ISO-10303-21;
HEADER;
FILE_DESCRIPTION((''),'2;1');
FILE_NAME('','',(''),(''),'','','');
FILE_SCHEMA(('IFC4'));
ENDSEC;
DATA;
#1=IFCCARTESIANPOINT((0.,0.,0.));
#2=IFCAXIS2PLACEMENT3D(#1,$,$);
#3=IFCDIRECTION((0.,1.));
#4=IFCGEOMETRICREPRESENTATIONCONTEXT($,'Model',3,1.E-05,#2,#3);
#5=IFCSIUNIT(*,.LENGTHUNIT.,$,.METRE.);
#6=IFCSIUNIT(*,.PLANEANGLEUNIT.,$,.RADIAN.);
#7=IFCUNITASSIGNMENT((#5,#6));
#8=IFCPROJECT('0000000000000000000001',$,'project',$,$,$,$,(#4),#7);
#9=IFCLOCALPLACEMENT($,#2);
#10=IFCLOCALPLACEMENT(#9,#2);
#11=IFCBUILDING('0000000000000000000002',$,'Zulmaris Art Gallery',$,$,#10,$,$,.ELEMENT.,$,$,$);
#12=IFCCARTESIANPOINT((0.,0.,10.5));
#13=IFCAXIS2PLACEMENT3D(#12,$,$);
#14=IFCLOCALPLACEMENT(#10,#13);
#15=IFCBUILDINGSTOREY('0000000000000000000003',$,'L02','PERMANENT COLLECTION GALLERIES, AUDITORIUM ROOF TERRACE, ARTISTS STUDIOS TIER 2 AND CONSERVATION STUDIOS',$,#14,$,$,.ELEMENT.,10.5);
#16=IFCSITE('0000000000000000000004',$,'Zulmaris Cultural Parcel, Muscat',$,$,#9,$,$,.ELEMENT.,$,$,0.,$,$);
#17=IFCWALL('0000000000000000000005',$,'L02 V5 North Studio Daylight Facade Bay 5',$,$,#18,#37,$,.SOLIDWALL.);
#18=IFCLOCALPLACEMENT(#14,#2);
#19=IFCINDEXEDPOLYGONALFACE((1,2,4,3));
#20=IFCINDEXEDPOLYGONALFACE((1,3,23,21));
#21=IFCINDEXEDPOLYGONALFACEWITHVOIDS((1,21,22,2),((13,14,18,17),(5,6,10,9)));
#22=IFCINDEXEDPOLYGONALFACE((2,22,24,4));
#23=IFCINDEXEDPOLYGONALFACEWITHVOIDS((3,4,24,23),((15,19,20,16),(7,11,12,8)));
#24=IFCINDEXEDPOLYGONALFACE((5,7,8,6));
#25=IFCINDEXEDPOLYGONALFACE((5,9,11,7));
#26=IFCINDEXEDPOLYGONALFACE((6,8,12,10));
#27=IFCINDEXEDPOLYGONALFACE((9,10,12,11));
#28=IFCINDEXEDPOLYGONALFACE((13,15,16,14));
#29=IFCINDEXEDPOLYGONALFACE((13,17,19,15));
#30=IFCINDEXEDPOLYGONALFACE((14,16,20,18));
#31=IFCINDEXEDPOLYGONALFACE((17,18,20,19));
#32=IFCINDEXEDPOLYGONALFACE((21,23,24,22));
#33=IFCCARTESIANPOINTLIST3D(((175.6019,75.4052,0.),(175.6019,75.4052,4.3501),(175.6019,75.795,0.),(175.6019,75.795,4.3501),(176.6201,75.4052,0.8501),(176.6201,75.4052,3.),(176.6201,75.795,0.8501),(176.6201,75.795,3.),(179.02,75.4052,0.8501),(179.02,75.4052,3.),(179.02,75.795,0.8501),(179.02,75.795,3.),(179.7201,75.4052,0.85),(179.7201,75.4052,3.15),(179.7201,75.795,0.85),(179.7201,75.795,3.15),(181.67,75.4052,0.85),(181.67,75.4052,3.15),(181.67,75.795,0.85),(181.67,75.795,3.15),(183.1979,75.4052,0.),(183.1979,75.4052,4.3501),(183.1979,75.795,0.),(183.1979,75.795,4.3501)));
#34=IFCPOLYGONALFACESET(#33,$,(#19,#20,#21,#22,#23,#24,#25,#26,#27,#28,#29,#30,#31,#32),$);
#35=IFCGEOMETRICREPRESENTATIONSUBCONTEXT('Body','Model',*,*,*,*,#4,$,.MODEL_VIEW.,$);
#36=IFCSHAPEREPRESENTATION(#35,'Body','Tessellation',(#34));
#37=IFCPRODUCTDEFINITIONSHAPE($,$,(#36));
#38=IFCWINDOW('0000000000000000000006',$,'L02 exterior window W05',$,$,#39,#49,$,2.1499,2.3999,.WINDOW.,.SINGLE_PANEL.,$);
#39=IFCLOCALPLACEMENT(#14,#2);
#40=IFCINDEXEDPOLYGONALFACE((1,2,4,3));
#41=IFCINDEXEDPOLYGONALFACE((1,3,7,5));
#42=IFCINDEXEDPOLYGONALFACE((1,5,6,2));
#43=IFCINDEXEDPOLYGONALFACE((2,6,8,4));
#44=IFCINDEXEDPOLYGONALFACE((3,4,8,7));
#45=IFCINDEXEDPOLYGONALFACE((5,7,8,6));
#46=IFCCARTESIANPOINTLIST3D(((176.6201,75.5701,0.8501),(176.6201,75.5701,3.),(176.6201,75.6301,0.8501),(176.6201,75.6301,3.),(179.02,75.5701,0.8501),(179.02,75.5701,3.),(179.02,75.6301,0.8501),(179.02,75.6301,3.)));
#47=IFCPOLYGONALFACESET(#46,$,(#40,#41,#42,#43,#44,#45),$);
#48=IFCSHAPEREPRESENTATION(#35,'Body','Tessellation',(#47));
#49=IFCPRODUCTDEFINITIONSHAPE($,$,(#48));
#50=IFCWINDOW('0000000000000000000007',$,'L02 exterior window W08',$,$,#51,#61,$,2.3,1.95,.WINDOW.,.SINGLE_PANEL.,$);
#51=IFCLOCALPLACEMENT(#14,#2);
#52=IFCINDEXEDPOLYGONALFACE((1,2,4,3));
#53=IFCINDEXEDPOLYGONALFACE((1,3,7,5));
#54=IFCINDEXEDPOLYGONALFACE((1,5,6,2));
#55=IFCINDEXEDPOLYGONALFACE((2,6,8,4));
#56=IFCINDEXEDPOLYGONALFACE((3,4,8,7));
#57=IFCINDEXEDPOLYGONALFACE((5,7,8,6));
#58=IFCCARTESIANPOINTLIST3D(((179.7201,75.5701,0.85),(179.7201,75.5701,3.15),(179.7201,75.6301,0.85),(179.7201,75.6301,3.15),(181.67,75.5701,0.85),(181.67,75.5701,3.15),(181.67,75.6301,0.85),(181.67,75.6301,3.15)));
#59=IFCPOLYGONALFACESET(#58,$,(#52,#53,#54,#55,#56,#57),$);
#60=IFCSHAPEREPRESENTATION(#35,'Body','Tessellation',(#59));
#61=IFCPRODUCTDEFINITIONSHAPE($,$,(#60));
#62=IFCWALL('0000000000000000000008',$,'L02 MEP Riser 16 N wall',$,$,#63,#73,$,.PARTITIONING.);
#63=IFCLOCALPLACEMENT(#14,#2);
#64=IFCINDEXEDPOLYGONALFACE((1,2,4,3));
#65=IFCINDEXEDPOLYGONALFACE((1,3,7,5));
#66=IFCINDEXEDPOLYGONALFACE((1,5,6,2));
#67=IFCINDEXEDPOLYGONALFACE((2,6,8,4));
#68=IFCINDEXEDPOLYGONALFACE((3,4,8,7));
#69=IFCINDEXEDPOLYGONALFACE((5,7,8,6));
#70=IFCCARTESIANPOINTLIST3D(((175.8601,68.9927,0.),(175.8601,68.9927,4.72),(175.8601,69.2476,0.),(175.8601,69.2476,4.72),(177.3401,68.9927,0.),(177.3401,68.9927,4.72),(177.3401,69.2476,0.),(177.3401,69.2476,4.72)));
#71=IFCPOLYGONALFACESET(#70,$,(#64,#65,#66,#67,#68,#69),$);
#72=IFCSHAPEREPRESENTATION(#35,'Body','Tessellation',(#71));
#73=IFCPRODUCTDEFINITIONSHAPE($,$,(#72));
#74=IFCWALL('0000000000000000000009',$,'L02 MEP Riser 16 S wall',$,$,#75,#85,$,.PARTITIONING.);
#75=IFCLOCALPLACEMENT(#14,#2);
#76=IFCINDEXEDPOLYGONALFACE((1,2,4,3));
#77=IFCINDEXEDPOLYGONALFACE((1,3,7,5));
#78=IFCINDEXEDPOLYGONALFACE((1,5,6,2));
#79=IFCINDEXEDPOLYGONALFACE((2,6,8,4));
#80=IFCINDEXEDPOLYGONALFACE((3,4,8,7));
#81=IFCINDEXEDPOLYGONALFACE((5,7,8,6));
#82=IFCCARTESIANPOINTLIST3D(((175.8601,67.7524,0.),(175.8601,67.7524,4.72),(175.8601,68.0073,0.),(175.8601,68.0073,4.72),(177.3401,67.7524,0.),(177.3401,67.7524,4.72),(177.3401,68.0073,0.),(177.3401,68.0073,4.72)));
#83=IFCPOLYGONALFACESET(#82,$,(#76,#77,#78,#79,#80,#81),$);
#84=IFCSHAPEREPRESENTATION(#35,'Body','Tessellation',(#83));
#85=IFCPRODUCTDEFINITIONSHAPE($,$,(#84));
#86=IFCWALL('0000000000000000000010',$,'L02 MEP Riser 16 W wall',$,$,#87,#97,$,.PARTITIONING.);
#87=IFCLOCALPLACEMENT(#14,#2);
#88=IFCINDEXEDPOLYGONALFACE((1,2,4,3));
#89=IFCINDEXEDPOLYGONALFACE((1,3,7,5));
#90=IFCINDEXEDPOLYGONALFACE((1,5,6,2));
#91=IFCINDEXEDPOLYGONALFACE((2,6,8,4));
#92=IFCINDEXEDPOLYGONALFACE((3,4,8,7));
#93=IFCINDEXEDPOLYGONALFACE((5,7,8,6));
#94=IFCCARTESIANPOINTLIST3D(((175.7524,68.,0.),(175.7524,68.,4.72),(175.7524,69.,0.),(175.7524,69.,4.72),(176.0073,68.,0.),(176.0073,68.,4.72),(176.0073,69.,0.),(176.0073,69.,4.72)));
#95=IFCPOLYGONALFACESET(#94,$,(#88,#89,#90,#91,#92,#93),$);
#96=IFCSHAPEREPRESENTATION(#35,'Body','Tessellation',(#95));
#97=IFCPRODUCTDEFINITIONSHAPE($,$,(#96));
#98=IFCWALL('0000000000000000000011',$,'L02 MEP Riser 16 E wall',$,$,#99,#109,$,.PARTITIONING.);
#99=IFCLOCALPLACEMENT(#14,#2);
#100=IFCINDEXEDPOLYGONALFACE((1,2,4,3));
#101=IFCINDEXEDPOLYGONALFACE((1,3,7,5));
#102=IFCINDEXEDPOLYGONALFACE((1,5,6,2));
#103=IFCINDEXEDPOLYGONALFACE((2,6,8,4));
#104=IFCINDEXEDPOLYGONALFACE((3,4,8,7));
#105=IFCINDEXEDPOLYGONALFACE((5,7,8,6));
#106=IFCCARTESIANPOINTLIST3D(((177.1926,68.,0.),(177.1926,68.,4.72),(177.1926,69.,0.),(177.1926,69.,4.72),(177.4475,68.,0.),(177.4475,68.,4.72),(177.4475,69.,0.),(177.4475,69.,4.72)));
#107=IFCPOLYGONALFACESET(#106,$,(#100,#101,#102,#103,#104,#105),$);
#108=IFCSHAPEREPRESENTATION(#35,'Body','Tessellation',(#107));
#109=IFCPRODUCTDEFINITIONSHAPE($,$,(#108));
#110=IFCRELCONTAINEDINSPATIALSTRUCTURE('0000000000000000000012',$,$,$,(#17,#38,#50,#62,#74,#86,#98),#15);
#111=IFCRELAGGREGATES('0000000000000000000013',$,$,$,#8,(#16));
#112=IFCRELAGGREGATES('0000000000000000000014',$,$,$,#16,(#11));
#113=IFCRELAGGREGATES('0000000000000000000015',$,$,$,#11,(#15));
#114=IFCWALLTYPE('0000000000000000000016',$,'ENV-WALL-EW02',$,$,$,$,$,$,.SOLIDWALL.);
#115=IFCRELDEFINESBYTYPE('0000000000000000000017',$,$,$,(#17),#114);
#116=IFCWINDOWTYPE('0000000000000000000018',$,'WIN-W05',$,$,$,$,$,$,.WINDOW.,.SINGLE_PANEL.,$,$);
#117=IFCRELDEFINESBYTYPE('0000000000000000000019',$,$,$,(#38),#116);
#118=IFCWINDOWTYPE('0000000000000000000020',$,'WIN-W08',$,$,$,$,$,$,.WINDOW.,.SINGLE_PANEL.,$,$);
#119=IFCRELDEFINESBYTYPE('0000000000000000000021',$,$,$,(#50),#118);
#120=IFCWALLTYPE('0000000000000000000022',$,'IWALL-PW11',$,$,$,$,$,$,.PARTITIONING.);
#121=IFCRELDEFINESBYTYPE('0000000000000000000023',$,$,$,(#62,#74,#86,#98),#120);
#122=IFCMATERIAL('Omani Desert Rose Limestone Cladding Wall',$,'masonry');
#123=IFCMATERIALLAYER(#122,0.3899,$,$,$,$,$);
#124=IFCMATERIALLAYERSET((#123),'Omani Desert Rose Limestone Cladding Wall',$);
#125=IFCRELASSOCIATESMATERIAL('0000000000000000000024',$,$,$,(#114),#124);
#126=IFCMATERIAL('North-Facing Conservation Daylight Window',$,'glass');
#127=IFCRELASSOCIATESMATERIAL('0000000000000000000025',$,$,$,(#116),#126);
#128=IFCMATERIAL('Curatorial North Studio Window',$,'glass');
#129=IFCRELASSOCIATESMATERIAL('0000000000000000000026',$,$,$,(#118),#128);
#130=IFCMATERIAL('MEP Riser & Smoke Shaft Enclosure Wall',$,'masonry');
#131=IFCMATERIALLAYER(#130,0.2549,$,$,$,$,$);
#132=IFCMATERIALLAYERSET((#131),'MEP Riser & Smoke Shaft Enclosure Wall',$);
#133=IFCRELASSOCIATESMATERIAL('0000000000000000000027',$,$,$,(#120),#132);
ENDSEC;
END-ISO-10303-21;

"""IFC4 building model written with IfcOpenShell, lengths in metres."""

from ifc_helpers import new_model, si_unit, direction, frame, frame_2d, origin, place, context, subcontext, project, spatial, rectangle, extrude, material, layer, layer_set, type_object, element, fill, save


model = new_model("IFC4")

# Units and contexts
model_context = context("Model", 3, precision=1e-05, world=origin(), true_north=direction((0.0, 1.0)))
body_context = subcontext(model_context, "Body", "Model", "MODEL_VIEW")
ifc_project = project(units=[si_unit("LENGTHUNIT", "METRE"), si_unit("PLANEANGLEUNIT", "RADIAN")], contexts=[model_context])

# Site, building, storey
site_placement = place(None, origin())
site = spatial("IfcSite", under=ifc_project, at=site_placement, Name="Zulmaris Cultural Parcel, Muscat", CompositionType="ELEMENT", RefElevation=0.0)
building_placement = place(site_placement, origin())
building = spatial("IfcBuilding", under=site, at=building_placement, Name="Zulmaris Art Gallery", CompositionType="ELEMENT")
storey_placement = place(building_placement, frame((0.0, 0.0, 10.5)))
storey = spatial("IfcBuildingStorey", under=building, at=storey_placement, Name="L02", Description="PERMANENT COLLECTION GALLERIES, AUDITORIUM ROOF TERRACE, ARTISTS STUDIOS TIER 2 AND CONSERVATION STUDIOS", CompositionType="ELEMENT", Elevation=10.5)

# Wall, openings, windows
ifc_material_1 = material(Name="Omani Desert Rose Limestone Cladding Wall", Category="masonry")
ifc_layer_1 = layer(ifc_material_1, 0.3899)
ifc_layer_set_1 = layer_set([ifc_layer_1], Name="Omani Desert Rose Limestone Cladding Wall")
wall_type_1 = type_object("IfcWallType", Name="ENV-WALL-EW02", PredefinedType="SOLIDWALL", material=ifc_layer_set_1)
wall_placement = place(storey_placement, frame((175.6021, 75.6001, 0.0), z_axis=(0.0, 0.0, 1.0), x_axis=(1.0, 0.0, 0.0)))
wall = element("IfcWall", 1, at=wall_placement, inside=storey, type_object=wall_type_1, Name="L02 V5 North Studio Daylight Facade Bay 5", PredefinedType="SOLIDWALL", context=body_context, shape_type="SweptSolid", body=[
    extrude(rectangle(XDim=7.5959, YDim=0.3899, at=frame_2d((3.7979, 0.0))), origin(), (0.0, 0.0, 1.0), 4.3501),
])
opening_1_placement = place(wall_placement, frame((1.0181, 0.0, 0.8501)))
opening_1 = element("IfcOpeningElement", 2, at=opening_1_placement, cuts=wall, PredefinedType="OPENING", context=body_context, shape_type="SweptSolid", body=[
    extrude(rectangle(XDim=2.3999, YDim=2.1499, at=frame_2d((1.2, 1.075))), frame((0.0, 0.2048, 0.0), z_axis=(0.0, -1.0, 0.0), x_axis=(1.0, 0.0, 0.0)), (0.0, 0.0, 1.0), 0.4099),
])
opening_2_placement = place(wall_placement, frame((4.1179, 0.0, 0.8501)))
opening_2 = element("IfcOpeningElement", 3, at=opening_2_placement, cuts=wall, PredefinedType="OPENING", context=body_context, shape_type="SweptSolid", body=[
    extrude(rectangle(XDim=1.95, YDim=2.3, at=frame_2d((0.9751, 1.1499))), frame((0.0, 0.2048, 0.0), z_axis=(0.0, -1.0, 0.0), x_axis=(1.0, 0.0, 0.0)), (0.0, 0.0, 1.0), 0.4099),
])
ifc_material_2 = material(Name="North-Facing Conservation Daylight Window", Category="glass")
window_type_1 = type_object("IfcWindowType", Name="WIN-W05", PartitioningType="SINGLE_PANEL", PredefinedType="WINDOW", material=ifc_material_2)
window_1_placement = place(opening_1_placement, origin())
window_1 = element("IfcWindow", 4, at=window_1_placement, inside=storey, type_object=window_type_1, Name="L02 exterior window W05", OverallHeight=2.1499, OverallWidth=2.3999, PartitioningType="SINGLE_PANEL", PredefinedType="WINDOW", context=body_context, shape_type="SweptSolid", body=[
    extrude(rectangle(XDim=2.3999, YDim=2.1499, at=frame_2d((1.2, 1.075))), frame((0.0, 0.03, 0.0), z_axis=(0.0, -1.0, 0.0), x_axis=(1.0, 0.0, 0.0)), (0.0, 0.0, 1.0), 0.0601),
])
fill(opening_1, window_1)
ifc_material_3 = material(Name="Curatorial North Studio Window", Category="glass")
window_type_2 = type_object("IfcWindowType", Name="WIN-W08", PartitioningType="SINGLE_PANEL", PredefinedType="WINDOW", material=ifc_material_3)
window_2_placement = place(opening_2_placement, origin())
window_2 = element("IfcWindow", 5, at=window_2_placement, inside=storey, type_object=window_type_2, Name="L02 exterior window W08", OverallHeight=2.3, OverallWidth=1.95, PartitioningType="SINGLE_PANEL", PredefinedType="WINDOW", context=body_context, shape_type="SweptSolid", body=[
    extrude(rectangle(XDim=1.95, YDim=2.3, at=frame_2d((0.9751, 1.1499))), frame((0.0, 0.03, 0.0), z_axis=(0.0, -1.0, 0.0), x_axis=(1.0, 0.0, 0.0)), (0.0, 0.0, 1.0), 0.0601),
])
fill(opening_2, window_2)

# Walls
ifc_material_4 = material(Name="MEP Riser & Smoke Shaft Enclosure Wall", Category="masonry")
ifc_layer_2 = layer(ifc_material_4, 0.2549)
ifc_layer_set_2 = layer_set([ifc_layer_2], Name="MEP Riser & Smoke Shaft Enclosure Wall")
wall_type_2 = type_object("IfcWallType", Name="IWALL-PW11", PredefinedType="PARTITIONING", material=ifc_layer_set_2)
for number, where, z_axis, x_axis, name in (
    (6, (175.8601, 69.1201, 0.0), (0.0, 0.0, 1.0), (1.0, 0.0, 0.0), "L02 MEP Riser 16 N wall"),
    (7, (175.8601, 67.8799, 0.0), (0.0, 0.0, 1.0), (1.0, 0.0, 0.0), "L02 MEP Riser 16 S wall"),
):
    element("IfcWall", number, at=place(storey_placement, frame(where, z_axis=z_axis, x_axis=x_axis)), inside=storey, type_object=wall_type_2, Name=name, PredefinedType="PARTITIONING", context=body_context, shape_type="SweptSolid", body=[
        extrude(rectangle(XDim=1.48, YDim=0.2549, at=frame_2d((0.74, 0.0))), origin(), (0.0, 0.0, 1.0), 4.72),
    ])
for number, where, z_axis, x_axis, name in (
    (8, (175.8799, 68.0, 0.0), (0.0, 0.0, 1.0), (0.0, 1.0, 0.0), "L02 MEP Riser 16 W wall"),
    (9, (177.3201, 68.0, 0.0), (0.0, 0.0, 1.0), (0.0, 1.0, 0.0), "L02 MEP Riser 16 E wall"),
):
    element("IfcWall", number, at=place(storey_placement, frame(where, z_axis=z_axis, x_axis=x_axis)), inside=storey, type_object=wall_type_2, Name=name, PredefinedType="PARTITIONING", context=body_context, shape_type="SweptSolid", body=[
        extrude(rectangle(XDim=1.0, YDim=0.2549, at=frame_2d((0.5, 0.0))), origin(), (0.0, 0.0, 1.0), 4.72),
    ])

save(model, "model.ifc")
